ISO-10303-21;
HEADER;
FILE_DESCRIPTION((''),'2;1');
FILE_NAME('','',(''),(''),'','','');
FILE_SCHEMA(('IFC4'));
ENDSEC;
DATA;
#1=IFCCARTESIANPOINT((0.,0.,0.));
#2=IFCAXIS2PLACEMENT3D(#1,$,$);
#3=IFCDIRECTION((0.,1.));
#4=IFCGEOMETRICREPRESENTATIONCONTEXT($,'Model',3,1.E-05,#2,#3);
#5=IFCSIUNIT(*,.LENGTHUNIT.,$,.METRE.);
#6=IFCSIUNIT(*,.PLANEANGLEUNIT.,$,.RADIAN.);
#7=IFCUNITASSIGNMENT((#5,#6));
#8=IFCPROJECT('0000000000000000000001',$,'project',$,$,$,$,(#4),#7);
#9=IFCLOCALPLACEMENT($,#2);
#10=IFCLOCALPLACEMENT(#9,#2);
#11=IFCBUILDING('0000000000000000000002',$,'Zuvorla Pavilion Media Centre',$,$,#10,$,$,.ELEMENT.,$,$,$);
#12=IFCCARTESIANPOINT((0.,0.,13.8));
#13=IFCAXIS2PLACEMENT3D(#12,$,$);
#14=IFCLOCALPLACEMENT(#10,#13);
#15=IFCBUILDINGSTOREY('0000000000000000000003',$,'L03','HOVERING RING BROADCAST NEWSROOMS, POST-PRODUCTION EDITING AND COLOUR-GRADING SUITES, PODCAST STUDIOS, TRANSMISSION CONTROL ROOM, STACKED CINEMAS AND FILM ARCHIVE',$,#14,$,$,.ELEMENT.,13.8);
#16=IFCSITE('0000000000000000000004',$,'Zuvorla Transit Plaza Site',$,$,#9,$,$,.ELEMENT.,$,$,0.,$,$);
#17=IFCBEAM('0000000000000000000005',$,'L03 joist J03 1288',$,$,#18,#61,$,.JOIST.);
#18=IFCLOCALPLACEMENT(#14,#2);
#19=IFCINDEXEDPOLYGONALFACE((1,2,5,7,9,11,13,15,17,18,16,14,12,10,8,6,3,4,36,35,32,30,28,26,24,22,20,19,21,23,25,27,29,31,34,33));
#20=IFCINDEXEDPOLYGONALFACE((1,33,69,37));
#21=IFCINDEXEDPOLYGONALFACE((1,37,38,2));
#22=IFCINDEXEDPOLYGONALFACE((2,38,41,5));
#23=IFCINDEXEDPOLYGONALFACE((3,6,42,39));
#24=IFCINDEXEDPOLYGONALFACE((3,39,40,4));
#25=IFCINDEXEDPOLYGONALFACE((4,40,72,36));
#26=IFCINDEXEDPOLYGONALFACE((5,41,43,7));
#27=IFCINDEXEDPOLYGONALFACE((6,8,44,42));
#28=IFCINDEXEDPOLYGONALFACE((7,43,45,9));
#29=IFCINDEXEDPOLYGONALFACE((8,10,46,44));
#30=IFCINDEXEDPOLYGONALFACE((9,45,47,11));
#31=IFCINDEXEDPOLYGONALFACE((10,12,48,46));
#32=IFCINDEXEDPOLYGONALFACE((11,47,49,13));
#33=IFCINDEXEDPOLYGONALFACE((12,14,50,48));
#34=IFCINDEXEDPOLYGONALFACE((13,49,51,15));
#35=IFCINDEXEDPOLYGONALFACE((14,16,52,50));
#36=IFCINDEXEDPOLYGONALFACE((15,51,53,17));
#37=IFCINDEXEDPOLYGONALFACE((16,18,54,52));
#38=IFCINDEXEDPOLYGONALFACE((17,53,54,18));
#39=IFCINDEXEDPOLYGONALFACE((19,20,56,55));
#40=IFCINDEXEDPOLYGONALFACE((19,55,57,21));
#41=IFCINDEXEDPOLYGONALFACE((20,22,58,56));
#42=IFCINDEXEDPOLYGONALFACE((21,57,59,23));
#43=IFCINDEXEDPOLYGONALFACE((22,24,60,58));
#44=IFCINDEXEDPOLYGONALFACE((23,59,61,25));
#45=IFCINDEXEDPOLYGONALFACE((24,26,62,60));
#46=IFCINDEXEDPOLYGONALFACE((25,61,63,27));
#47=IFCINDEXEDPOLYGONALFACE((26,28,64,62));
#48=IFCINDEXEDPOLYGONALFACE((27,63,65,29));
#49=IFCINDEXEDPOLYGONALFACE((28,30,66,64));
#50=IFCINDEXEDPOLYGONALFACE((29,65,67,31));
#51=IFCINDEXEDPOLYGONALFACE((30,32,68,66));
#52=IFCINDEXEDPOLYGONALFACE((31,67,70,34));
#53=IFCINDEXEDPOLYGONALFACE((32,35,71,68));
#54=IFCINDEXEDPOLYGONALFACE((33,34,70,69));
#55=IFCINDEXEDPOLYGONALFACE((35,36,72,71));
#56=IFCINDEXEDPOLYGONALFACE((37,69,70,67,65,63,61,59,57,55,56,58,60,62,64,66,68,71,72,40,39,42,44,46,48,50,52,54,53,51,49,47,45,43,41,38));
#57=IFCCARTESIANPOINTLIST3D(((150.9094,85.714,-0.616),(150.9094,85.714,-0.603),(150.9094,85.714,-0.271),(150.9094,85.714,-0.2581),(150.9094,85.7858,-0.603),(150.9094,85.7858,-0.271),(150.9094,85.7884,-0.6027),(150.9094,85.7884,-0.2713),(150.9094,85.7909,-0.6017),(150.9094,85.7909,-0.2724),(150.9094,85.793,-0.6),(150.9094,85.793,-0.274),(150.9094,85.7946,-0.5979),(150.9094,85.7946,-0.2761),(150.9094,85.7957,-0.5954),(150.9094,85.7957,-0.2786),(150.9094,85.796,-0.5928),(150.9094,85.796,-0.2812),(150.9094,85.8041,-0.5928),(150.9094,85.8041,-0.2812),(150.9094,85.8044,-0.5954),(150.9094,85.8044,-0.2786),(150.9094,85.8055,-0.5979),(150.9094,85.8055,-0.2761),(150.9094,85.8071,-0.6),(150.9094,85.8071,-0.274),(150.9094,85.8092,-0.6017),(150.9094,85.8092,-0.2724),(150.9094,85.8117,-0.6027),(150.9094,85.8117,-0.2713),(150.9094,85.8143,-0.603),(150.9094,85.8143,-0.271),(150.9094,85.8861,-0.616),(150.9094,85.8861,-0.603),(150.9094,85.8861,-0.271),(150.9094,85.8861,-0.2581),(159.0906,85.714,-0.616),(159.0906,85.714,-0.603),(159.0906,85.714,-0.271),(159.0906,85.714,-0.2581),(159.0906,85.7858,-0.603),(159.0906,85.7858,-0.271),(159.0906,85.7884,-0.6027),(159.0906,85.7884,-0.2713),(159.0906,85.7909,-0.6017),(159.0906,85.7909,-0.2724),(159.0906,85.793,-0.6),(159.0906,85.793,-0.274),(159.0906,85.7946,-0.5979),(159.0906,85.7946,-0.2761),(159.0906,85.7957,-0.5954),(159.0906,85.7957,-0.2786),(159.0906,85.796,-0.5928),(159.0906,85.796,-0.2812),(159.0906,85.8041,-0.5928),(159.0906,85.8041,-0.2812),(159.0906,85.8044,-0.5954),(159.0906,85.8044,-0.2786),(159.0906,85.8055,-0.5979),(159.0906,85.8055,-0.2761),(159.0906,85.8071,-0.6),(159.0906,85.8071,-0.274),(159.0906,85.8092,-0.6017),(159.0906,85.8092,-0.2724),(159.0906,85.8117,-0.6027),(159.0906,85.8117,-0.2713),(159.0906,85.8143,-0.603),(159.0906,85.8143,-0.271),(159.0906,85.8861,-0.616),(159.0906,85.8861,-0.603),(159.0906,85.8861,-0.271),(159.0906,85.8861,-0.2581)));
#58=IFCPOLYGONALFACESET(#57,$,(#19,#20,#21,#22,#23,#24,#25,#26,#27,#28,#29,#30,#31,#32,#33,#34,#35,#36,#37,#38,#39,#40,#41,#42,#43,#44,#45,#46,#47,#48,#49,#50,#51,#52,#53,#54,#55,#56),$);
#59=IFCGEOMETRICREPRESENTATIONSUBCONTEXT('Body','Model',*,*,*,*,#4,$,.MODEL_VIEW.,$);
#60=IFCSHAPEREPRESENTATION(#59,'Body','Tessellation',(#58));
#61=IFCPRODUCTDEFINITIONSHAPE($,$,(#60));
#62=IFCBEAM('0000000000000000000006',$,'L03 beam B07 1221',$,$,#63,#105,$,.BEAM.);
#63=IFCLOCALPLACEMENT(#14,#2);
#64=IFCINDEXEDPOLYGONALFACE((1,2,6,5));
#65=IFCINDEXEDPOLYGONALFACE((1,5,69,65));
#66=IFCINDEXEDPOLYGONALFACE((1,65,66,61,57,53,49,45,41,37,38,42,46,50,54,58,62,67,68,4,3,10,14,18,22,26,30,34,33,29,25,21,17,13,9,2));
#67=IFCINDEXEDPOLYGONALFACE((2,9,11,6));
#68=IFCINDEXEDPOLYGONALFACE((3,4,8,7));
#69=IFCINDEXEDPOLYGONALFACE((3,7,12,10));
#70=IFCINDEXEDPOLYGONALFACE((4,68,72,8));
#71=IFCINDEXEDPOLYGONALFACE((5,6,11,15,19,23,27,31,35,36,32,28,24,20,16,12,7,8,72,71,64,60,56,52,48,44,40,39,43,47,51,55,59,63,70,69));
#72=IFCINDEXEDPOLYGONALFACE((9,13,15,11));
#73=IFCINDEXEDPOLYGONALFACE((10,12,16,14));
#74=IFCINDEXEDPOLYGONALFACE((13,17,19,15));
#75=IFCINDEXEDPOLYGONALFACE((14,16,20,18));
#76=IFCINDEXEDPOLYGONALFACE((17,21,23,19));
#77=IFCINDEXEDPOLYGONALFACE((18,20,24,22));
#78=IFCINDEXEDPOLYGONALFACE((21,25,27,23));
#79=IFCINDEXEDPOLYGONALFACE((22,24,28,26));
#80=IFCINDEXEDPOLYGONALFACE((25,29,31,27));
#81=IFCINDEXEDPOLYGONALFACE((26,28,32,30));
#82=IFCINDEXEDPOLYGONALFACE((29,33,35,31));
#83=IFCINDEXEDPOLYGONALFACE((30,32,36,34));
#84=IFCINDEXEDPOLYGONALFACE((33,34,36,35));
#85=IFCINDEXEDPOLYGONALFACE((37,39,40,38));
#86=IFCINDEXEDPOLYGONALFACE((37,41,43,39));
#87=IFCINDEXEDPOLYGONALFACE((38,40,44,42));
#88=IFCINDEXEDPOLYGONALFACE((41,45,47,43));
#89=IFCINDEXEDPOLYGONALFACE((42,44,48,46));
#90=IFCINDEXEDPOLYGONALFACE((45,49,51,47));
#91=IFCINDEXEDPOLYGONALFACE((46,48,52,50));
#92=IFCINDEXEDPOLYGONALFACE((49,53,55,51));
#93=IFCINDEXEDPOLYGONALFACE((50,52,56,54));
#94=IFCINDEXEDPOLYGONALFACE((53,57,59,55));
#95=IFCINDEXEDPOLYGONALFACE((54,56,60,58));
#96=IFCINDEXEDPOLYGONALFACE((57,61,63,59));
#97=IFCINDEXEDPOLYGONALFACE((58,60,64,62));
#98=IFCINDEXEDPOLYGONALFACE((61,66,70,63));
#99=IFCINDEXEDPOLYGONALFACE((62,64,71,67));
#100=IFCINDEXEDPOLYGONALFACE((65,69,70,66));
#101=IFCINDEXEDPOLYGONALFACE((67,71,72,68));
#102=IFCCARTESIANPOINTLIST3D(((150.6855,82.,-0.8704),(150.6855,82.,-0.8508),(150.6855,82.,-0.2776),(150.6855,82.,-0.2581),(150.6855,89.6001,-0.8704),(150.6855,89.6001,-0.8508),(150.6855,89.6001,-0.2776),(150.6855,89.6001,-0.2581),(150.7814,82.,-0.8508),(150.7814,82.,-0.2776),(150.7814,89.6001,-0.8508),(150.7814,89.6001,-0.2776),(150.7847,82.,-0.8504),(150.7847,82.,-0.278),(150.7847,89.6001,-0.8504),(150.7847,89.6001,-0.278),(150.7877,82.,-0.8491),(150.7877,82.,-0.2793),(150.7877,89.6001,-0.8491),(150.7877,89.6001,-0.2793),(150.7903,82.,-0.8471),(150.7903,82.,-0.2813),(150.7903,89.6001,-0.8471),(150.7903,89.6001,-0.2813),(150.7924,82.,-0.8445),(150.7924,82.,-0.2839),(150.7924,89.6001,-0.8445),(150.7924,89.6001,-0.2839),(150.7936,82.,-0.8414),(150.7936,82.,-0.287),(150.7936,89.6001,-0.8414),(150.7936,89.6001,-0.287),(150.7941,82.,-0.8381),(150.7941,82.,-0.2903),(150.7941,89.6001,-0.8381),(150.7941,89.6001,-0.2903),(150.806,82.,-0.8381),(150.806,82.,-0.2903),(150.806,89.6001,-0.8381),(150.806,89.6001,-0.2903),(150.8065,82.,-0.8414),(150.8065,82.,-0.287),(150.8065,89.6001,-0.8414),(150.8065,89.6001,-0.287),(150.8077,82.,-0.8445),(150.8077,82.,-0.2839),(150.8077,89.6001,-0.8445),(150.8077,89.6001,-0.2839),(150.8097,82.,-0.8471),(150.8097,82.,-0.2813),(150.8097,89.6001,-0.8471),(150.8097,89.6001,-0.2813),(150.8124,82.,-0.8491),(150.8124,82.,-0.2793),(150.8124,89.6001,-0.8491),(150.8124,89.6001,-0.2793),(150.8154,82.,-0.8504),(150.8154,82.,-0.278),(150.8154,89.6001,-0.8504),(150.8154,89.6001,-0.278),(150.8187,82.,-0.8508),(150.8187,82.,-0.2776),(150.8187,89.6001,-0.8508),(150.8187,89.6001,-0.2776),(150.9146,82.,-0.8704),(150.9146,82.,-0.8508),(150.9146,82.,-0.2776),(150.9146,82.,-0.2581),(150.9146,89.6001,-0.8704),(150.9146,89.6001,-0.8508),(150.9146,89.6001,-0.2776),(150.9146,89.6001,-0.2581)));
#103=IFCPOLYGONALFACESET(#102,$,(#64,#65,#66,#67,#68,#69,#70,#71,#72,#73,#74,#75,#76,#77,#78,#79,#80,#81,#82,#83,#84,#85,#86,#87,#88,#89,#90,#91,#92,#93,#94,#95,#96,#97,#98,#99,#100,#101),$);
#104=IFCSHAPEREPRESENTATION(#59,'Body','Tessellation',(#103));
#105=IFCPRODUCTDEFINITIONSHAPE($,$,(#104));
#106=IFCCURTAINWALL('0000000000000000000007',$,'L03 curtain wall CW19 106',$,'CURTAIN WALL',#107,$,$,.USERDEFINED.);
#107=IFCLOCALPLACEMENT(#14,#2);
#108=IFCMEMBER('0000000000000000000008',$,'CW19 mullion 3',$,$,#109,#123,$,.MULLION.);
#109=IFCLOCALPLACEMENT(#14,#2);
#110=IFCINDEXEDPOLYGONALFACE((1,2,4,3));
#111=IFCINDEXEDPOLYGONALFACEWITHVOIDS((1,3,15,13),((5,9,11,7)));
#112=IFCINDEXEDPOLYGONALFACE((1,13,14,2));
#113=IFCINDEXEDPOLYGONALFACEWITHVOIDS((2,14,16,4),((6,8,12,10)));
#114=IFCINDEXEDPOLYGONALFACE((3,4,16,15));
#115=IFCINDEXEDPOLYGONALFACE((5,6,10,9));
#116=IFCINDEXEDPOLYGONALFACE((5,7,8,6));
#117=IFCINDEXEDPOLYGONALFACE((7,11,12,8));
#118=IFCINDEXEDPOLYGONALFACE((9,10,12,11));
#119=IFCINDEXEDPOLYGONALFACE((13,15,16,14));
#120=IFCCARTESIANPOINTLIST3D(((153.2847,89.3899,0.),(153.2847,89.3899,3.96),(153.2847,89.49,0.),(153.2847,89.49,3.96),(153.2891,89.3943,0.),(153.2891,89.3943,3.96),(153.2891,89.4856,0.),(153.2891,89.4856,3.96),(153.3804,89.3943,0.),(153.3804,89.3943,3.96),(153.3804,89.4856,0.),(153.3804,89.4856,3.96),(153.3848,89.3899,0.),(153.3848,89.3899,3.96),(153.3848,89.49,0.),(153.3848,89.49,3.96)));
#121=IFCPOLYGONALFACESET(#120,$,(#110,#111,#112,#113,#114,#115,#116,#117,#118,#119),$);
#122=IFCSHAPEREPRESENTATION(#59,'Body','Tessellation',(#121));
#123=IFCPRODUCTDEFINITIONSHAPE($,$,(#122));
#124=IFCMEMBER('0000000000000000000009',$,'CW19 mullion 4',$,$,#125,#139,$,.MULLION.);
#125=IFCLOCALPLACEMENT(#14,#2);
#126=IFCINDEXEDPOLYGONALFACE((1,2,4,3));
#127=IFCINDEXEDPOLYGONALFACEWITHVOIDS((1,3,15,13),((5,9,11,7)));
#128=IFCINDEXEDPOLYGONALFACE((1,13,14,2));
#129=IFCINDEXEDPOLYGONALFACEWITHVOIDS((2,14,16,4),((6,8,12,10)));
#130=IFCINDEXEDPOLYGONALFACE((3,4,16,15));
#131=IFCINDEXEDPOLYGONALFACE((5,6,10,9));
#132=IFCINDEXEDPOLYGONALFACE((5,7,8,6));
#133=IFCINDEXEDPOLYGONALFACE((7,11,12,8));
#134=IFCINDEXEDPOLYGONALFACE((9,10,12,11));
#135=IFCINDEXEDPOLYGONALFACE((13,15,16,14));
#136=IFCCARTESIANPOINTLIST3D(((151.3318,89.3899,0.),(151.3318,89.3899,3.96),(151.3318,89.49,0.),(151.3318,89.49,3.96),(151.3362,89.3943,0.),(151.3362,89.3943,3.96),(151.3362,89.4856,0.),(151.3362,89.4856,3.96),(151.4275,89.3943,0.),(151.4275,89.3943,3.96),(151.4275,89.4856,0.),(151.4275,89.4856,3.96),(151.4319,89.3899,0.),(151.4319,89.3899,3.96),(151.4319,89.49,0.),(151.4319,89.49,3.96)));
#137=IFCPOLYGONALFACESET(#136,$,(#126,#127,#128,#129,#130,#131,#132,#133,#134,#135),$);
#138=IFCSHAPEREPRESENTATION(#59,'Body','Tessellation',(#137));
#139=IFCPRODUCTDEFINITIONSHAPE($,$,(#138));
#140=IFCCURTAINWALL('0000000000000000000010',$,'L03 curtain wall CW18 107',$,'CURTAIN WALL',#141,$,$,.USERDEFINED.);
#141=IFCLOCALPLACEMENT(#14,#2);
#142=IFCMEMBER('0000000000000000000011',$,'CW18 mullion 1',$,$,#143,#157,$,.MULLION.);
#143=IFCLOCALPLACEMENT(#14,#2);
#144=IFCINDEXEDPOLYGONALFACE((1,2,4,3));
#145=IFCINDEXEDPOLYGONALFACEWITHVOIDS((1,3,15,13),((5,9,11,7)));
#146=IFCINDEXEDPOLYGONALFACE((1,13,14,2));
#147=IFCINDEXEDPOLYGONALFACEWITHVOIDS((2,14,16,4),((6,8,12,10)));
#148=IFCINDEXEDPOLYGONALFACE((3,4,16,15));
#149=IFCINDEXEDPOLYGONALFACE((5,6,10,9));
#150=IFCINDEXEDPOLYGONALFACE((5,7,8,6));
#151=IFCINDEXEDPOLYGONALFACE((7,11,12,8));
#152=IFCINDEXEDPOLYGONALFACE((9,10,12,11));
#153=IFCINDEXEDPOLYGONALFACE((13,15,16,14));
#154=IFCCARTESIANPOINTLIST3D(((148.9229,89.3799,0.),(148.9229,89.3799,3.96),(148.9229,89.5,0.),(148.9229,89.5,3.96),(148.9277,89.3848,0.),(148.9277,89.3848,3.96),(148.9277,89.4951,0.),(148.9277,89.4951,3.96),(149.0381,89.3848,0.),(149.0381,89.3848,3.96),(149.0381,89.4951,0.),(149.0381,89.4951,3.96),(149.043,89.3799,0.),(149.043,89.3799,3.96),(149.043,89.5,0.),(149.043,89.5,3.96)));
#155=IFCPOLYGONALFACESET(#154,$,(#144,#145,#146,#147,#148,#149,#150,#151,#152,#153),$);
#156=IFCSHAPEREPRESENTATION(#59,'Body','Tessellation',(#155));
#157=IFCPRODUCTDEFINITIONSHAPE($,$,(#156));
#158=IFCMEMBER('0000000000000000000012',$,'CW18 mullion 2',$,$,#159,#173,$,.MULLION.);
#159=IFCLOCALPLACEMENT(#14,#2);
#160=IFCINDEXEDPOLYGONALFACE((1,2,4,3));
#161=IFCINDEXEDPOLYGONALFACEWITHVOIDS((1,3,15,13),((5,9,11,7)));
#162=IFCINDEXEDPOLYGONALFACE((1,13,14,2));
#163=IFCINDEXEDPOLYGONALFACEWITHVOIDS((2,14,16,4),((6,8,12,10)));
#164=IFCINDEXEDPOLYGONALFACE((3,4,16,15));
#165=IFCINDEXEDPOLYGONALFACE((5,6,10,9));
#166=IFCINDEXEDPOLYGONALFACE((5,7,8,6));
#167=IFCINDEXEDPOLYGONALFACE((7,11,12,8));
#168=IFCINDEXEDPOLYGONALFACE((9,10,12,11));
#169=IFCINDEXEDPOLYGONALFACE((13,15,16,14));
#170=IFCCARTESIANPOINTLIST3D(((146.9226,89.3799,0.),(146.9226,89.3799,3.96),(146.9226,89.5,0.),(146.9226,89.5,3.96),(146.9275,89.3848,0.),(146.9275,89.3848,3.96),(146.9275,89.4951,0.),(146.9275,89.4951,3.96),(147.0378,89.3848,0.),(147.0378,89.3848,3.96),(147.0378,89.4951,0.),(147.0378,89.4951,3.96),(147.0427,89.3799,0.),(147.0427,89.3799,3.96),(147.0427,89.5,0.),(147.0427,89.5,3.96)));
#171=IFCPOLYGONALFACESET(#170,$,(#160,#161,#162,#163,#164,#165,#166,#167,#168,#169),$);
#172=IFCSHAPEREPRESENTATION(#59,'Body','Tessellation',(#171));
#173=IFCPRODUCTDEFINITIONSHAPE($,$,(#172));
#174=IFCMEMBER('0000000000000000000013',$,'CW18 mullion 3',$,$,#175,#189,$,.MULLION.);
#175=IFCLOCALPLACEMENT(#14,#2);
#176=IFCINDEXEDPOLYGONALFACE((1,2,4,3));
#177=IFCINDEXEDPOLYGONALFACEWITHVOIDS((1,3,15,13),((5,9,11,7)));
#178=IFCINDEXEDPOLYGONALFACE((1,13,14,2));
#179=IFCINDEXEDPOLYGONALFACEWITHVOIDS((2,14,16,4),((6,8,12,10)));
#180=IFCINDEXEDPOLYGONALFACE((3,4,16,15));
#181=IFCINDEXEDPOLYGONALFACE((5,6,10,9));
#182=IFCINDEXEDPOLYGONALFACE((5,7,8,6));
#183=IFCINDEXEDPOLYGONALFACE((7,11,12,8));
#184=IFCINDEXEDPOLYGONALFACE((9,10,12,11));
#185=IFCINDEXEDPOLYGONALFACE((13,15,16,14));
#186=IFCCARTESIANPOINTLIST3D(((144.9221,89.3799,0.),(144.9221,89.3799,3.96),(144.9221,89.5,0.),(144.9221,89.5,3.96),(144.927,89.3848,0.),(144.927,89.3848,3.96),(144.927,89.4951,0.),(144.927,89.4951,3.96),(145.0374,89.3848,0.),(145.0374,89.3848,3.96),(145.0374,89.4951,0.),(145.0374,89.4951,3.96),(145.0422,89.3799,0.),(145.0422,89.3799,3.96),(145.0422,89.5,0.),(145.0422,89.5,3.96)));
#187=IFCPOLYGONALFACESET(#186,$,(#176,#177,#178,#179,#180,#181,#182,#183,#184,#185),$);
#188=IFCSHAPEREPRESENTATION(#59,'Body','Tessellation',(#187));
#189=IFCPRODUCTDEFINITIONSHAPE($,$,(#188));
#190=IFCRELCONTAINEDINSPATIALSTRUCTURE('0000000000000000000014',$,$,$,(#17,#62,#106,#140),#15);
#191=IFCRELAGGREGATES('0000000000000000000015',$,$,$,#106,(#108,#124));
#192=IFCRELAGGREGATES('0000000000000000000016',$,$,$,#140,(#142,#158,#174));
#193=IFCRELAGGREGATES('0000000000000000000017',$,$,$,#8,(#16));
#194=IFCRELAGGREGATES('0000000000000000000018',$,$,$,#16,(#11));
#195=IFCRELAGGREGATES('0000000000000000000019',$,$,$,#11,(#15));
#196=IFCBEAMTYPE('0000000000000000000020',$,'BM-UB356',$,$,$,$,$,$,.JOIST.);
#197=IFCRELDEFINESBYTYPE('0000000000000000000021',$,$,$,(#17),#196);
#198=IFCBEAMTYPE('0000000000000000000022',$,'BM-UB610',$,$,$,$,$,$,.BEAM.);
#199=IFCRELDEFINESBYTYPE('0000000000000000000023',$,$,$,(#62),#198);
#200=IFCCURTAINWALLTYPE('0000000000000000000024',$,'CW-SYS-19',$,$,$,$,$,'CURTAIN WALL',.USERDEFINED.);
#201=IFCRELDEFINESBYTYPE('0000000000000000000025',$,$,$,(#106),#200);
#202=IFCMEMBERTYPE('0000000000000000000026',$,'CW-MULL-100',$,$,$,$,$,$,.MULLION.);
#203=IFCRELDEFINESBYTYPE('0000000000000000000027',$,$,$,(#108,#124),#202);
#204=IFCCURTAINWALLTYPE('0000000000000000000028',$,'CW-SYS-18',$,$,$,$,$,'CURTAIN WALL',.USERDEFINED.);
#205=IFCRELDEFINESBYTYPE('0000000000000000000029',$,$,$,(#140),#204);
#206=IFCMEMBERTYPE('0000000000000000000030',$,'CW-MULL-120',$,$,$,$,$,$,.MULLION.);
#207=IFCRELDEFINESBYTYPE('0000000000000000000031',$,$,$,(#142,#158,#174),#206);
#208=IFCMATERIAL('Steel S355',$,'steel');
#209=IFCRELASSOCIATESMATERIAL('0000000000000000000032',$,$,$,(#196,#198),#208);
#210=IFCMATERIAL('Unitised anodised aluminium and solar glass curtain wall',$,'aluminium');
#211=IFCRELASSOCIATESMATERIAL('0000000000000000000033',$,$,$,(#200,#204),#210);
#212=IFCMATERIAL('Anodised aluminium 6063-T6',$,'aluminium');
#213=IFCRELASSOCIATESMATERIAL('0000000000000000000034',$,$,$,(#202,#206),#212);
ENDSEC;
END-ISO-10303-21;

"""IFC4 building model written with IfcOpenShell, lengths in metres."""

from ifc_helpers import new_model, si_unit, direction, frame, origin, origin_2d, place, context, subcontext, project, spatial, hollow_rectangle, i_section, extrude, material, material_profile, profile_set, type_object, element, aggregate, save


model = new_model("IFC4")

# Units and contexts
model_context = context("Model", 3, precision=1e-05, world=origin(), true_north=direction((0.0, 1.0)))
body_context = subcontext(model_context, "Body", "Model", "MODEL_VIEW")
ifc_project = project(units=[si_unit("LENGTHUNIT", "METRE"), si_unit("PLANEANGLEUNIT", "RADIAN")], contexts=[model_context])

# Site, building, storey
site_placement = place(None, origin())
site = spatial("IfcSite", under=ifc_project, at=site_placement, Name="Zuvorla Transit Plaza Site", CompositionType="ELEMENT", RefElevation=0.0)
building_placement = place(site_placement, origin())
building = spatial("IfcBuilding", under=site, at=building_placement, Name="Zuvorla Pavilion Media Centre", CompositionType="ELEMENT")
storey_placement = place(building_placement, frame((0.0, 0.0, 13.8)))
storey = spatial("IfcBuildingStorey", under=building, at=storey_placement, Name="L03", Description="HOVERING RING BROADCAST NEWSROOMS, POST-PRODUCTION EDITING AND COLOUR-GRADING SUITES, PODCAST STUDIOS, TRANSMISSION CONTROL ROOM, STACKED CINEMAS AND FILM ARCHIVE", CompositionType="ELEMENT", Elevation=13.8)

# Shared definitions
ifc_material_1 = material(Name="Steel S355", Category="steel")

# Beams
ifc_material_profile_1 = material_profile(ifc_material_1, i_section(OverallWidth=0.1721, OverallDepth=0.3579, WebThickness=0.0081, FlangeThickness=0.0129, FilletRadius=0.0103, at=origin_2d()), Name="UB 356x171x57")
ifc_profile_set_1 = profile_set([ifc_material_profile_1], Name="Steel S355")
beam_type_1 = type_object("IfcBeamType", Name="BM-UB356", PredefinedType="JOIST", material=ifc_profile_set_1)
beam_1_placement = place(storey_placement, frame((150.9094, 85.8, -0.437), z_axis=(1.0, 0.0, 0.0), x_axis=(0.0, 1.0, 0.0)))
element("IfcBeam", 1, at=beam_1_placement, inside=storey, type_object=beam_type_1, Name="L03 joist J03 1288", PredefinedType="JOIST", context=body_context, shape_type="SweptSolid", body=[
    extrude(i_section(OverallWidth=0.1721, OverallDepth=0.3579, WebThickness=0.0081, FlangeThickness=0.0129, FilletRadius=0.0103, at=origin_2d()), origin(), (0.0, 0.0, 1.0), 8.1812),
])
ifc_material_profile_2 = material_profile(ifc_material_1, i_section(OverallWidth=0.229, OverallDepth=0.6123, WebThickness=0.012, FlangeThickness=0.0195, FilletRadius=0.0127, at=origin_2d()), Name="UB 610x229x125")
ifc_profile_set_2 = profile_set([ifc_material_profile_2], Name="Steel S355")
beam_type_2 = type_object("IfcBeamType", Name="BM-UB610", PredefinedType="BEAM", material=ifc_profile_set_2)
beam_2_placement = place(storey_placement, frame((150.8, 82.0, -0.5642), z_axis=(0.0, 1.0, 0.0), x_axis=(-1.0, 0.0, 0.0)))
element("IfcBeam", 2, at=beam_2_placement, inside=storey, type_object=beam_type_2, Name="L03 beam B07 1221", PredefinedType="BEAM", context=body_context, shape_type="SweptSolid", body=[
    extrude(i_section(OverallWidth=0.229, OverallDepth=0.6123, WebThickness=0.012, FlangeThickness=0.0195, FilletRadius=0.0127, at=origin_2d()), origin(), (0.0, 0.0, 1.0), 7.6001),
])

# Curtain walls, members
ifc_material_2 = material(Name="Unitised anodised aluminium and solar glass curtain wall", Category="aluminium")
curtain_wall_type_1 = type_object("IfcCurtainWallType", Name="CW-SYS-19", ElementType="CURTAIN WALL", PredefinedType="USERDEFINED", material=ifc_material_2)
curtain_wall_1_placement = place(storey_placement, origin())
curtain_wall_1 = element("IfcCurtainWall", 3, at=curtain_wall_1_placement, inside=storey, type_object=curtain_wall_type_1, Name="L03 curtain wall CW19 106", ObjectType="CURTAIN WALL", PredefinedType="USERDEFINED")
ifc_material_3 = material(Name="Anodised aluminium 6063-T6", Category="aluminium")
ifc_material_profile_3 = material_profile(ifc_material_3, hollow_rectangle(XDim=0.1001, YDim=0.1001, WallThickness=0.0044, at=origin_2d()), Name="ALU MULL 100x100")
ifc_profile_set_3 = profile_set([ifc_material_profile_3], Name="Anodised aluminium 6063-T6")
member_type_1 = type_object("IfcMemberType", Name="CW-MULL-100", PredefinedType="MULLION", material=ifc_profile_set_3)
member_1_placement = place(storey_placement, frame((153.3347, 89.4399, 0.0), z_axis=(0.0, 0.0, 1.0), x_axis=(1.0, 0.0, 0.0)))
member_1 = element("IfcMember", 4, at=member_1_placement, type_object=member_type_1, Name="CW19 mullion 3", PredefinedType="MULLION", context=body_context, shape_type="SweptSolid", body=[
    extrude(hollow_rectangle(XDim=0.1001, YDim=0.1001, WallThickness=0.0044, at=origin_2d()), origin(), (0.0, 0.0, 1.0), 3.96),
])
member_2_placement = place(storey_placement, frame((151.3818, 89.4399, 0.0), z_axis=(0.0, 0.0, 1.0), x_axis=(1.0, 0.0, 0.0)))
member_2 = element("IfcMember", 5, at=member_2_placement, type_object=member_type_1, Name="CW19 mullion 4", PredefinedType="MULLION", context=body_context, shape_type="SweptSolid", body=[
    extrude(hollow_rectangle(XDim=0.1001, YDim=0.1001, WallThickness=0.0044, at=origin_2d()), origin(), (0.0, 0.0, 1.0), 3.96),
])
curtain_wall_type_2 = type_object("IfcCurtainWallType", Name="CW-SYS-18", ElementType="CURTAIN WALL", PredefinedType="USERDEFINED", material=ifc_material_2)
curtain_wall_2_placement = place(storey_placement, origin())
curtain_wall_2 = element("IfcCurtainWall", 6, at=curtain_wall_2_placement, inside=storey, type_object=curtain_wall_type_2, Name="L03 curtain wall CW18 107", ObjectType="CURTAIN WALL", PredefinedType="USERDEFINED")
ifc_material_profile_4 = material_profile(ifc_material_3, hollow_rectangle(XDim=0.1201, YDim=0.1201, WallThickness=0.0049, at=origin_2d()), Name="ALU MULL 120x120")
ifc_profile_set_4 = profile_set([ifc_material_profile_4], Name="Anodised aluminium 6063-T6")
member_type_2 = type_object("IfcMemberType", Name="CW-MULL-120", PredefinedType="MULLION", material=ifc_profile_set_4)
member_3_placement = place(storey_placement, frame((148.9829, 89.4399, 0.0), z_axis=(0.0, 0.0, 1.0), x_axis=(1.0, 0.0, 0.0)))
member_3 = element("IfcMember", 7, at=member_3_placement, type_object=member_type_2, Name="CW18 mullion 1", PredefinedType="MULLION", context=body_context, shape_type="SweptSolid", body=[
    extrude(hollow_rectangle(XDim=0.1201, YDim=0.1201, WallThickness=0.0049, at=origin_2d()), origin(), (0.0, 0.0, 1.0), 3.96),
])
member_4_placement = place(storey_placement, frame((146.9827, 89.4399, 0.0), z_axis=(0.0, 0.0, 1.0), x_axis=(1.0, 0.0, 0.0)))
member_4 = element("IfcMember", 8, at=member_4_placement, type_object=member_type_2, Name="CW18 mullion 2", PredefinedType="MULLION", context=body_context, shape_type="SweptSolid", body=[
    extrude(hollow_rectangle(XDim=0.1201, YDim=0.1201, WallThickness=0.0049, at=origin_2d()), origin(), (0.0, 0.0, 1.0), 3.96),
])
member_5_placement = place(storey_placement, frame((144.9822, 89.4399, 0.0), z_axis=(0.0, 0.0, 1.0), x_axis=(1.0, 0.0, 0.0)))
member_5 = element("IfcMember", 9, at=member_5_placement, type_object=member_type_2, Name="CW18 mullion 3", PredefinedType="MULLION", context=body_context, shape_type="SweptSolid", body=[
    extrude(hollow_rectangle(XDim=0.1201, YDim=0.1201, WallThickness=0.0049, at=origin_2d()), origin(), (0.0, 0.0, 1.0), 3.96),
])

aggregate(curtain_wall_1, [member_1, member_2])
aggregate(curtain_wall_2, [member_3, member_4, member_5])

save(model, "model.ifc")
